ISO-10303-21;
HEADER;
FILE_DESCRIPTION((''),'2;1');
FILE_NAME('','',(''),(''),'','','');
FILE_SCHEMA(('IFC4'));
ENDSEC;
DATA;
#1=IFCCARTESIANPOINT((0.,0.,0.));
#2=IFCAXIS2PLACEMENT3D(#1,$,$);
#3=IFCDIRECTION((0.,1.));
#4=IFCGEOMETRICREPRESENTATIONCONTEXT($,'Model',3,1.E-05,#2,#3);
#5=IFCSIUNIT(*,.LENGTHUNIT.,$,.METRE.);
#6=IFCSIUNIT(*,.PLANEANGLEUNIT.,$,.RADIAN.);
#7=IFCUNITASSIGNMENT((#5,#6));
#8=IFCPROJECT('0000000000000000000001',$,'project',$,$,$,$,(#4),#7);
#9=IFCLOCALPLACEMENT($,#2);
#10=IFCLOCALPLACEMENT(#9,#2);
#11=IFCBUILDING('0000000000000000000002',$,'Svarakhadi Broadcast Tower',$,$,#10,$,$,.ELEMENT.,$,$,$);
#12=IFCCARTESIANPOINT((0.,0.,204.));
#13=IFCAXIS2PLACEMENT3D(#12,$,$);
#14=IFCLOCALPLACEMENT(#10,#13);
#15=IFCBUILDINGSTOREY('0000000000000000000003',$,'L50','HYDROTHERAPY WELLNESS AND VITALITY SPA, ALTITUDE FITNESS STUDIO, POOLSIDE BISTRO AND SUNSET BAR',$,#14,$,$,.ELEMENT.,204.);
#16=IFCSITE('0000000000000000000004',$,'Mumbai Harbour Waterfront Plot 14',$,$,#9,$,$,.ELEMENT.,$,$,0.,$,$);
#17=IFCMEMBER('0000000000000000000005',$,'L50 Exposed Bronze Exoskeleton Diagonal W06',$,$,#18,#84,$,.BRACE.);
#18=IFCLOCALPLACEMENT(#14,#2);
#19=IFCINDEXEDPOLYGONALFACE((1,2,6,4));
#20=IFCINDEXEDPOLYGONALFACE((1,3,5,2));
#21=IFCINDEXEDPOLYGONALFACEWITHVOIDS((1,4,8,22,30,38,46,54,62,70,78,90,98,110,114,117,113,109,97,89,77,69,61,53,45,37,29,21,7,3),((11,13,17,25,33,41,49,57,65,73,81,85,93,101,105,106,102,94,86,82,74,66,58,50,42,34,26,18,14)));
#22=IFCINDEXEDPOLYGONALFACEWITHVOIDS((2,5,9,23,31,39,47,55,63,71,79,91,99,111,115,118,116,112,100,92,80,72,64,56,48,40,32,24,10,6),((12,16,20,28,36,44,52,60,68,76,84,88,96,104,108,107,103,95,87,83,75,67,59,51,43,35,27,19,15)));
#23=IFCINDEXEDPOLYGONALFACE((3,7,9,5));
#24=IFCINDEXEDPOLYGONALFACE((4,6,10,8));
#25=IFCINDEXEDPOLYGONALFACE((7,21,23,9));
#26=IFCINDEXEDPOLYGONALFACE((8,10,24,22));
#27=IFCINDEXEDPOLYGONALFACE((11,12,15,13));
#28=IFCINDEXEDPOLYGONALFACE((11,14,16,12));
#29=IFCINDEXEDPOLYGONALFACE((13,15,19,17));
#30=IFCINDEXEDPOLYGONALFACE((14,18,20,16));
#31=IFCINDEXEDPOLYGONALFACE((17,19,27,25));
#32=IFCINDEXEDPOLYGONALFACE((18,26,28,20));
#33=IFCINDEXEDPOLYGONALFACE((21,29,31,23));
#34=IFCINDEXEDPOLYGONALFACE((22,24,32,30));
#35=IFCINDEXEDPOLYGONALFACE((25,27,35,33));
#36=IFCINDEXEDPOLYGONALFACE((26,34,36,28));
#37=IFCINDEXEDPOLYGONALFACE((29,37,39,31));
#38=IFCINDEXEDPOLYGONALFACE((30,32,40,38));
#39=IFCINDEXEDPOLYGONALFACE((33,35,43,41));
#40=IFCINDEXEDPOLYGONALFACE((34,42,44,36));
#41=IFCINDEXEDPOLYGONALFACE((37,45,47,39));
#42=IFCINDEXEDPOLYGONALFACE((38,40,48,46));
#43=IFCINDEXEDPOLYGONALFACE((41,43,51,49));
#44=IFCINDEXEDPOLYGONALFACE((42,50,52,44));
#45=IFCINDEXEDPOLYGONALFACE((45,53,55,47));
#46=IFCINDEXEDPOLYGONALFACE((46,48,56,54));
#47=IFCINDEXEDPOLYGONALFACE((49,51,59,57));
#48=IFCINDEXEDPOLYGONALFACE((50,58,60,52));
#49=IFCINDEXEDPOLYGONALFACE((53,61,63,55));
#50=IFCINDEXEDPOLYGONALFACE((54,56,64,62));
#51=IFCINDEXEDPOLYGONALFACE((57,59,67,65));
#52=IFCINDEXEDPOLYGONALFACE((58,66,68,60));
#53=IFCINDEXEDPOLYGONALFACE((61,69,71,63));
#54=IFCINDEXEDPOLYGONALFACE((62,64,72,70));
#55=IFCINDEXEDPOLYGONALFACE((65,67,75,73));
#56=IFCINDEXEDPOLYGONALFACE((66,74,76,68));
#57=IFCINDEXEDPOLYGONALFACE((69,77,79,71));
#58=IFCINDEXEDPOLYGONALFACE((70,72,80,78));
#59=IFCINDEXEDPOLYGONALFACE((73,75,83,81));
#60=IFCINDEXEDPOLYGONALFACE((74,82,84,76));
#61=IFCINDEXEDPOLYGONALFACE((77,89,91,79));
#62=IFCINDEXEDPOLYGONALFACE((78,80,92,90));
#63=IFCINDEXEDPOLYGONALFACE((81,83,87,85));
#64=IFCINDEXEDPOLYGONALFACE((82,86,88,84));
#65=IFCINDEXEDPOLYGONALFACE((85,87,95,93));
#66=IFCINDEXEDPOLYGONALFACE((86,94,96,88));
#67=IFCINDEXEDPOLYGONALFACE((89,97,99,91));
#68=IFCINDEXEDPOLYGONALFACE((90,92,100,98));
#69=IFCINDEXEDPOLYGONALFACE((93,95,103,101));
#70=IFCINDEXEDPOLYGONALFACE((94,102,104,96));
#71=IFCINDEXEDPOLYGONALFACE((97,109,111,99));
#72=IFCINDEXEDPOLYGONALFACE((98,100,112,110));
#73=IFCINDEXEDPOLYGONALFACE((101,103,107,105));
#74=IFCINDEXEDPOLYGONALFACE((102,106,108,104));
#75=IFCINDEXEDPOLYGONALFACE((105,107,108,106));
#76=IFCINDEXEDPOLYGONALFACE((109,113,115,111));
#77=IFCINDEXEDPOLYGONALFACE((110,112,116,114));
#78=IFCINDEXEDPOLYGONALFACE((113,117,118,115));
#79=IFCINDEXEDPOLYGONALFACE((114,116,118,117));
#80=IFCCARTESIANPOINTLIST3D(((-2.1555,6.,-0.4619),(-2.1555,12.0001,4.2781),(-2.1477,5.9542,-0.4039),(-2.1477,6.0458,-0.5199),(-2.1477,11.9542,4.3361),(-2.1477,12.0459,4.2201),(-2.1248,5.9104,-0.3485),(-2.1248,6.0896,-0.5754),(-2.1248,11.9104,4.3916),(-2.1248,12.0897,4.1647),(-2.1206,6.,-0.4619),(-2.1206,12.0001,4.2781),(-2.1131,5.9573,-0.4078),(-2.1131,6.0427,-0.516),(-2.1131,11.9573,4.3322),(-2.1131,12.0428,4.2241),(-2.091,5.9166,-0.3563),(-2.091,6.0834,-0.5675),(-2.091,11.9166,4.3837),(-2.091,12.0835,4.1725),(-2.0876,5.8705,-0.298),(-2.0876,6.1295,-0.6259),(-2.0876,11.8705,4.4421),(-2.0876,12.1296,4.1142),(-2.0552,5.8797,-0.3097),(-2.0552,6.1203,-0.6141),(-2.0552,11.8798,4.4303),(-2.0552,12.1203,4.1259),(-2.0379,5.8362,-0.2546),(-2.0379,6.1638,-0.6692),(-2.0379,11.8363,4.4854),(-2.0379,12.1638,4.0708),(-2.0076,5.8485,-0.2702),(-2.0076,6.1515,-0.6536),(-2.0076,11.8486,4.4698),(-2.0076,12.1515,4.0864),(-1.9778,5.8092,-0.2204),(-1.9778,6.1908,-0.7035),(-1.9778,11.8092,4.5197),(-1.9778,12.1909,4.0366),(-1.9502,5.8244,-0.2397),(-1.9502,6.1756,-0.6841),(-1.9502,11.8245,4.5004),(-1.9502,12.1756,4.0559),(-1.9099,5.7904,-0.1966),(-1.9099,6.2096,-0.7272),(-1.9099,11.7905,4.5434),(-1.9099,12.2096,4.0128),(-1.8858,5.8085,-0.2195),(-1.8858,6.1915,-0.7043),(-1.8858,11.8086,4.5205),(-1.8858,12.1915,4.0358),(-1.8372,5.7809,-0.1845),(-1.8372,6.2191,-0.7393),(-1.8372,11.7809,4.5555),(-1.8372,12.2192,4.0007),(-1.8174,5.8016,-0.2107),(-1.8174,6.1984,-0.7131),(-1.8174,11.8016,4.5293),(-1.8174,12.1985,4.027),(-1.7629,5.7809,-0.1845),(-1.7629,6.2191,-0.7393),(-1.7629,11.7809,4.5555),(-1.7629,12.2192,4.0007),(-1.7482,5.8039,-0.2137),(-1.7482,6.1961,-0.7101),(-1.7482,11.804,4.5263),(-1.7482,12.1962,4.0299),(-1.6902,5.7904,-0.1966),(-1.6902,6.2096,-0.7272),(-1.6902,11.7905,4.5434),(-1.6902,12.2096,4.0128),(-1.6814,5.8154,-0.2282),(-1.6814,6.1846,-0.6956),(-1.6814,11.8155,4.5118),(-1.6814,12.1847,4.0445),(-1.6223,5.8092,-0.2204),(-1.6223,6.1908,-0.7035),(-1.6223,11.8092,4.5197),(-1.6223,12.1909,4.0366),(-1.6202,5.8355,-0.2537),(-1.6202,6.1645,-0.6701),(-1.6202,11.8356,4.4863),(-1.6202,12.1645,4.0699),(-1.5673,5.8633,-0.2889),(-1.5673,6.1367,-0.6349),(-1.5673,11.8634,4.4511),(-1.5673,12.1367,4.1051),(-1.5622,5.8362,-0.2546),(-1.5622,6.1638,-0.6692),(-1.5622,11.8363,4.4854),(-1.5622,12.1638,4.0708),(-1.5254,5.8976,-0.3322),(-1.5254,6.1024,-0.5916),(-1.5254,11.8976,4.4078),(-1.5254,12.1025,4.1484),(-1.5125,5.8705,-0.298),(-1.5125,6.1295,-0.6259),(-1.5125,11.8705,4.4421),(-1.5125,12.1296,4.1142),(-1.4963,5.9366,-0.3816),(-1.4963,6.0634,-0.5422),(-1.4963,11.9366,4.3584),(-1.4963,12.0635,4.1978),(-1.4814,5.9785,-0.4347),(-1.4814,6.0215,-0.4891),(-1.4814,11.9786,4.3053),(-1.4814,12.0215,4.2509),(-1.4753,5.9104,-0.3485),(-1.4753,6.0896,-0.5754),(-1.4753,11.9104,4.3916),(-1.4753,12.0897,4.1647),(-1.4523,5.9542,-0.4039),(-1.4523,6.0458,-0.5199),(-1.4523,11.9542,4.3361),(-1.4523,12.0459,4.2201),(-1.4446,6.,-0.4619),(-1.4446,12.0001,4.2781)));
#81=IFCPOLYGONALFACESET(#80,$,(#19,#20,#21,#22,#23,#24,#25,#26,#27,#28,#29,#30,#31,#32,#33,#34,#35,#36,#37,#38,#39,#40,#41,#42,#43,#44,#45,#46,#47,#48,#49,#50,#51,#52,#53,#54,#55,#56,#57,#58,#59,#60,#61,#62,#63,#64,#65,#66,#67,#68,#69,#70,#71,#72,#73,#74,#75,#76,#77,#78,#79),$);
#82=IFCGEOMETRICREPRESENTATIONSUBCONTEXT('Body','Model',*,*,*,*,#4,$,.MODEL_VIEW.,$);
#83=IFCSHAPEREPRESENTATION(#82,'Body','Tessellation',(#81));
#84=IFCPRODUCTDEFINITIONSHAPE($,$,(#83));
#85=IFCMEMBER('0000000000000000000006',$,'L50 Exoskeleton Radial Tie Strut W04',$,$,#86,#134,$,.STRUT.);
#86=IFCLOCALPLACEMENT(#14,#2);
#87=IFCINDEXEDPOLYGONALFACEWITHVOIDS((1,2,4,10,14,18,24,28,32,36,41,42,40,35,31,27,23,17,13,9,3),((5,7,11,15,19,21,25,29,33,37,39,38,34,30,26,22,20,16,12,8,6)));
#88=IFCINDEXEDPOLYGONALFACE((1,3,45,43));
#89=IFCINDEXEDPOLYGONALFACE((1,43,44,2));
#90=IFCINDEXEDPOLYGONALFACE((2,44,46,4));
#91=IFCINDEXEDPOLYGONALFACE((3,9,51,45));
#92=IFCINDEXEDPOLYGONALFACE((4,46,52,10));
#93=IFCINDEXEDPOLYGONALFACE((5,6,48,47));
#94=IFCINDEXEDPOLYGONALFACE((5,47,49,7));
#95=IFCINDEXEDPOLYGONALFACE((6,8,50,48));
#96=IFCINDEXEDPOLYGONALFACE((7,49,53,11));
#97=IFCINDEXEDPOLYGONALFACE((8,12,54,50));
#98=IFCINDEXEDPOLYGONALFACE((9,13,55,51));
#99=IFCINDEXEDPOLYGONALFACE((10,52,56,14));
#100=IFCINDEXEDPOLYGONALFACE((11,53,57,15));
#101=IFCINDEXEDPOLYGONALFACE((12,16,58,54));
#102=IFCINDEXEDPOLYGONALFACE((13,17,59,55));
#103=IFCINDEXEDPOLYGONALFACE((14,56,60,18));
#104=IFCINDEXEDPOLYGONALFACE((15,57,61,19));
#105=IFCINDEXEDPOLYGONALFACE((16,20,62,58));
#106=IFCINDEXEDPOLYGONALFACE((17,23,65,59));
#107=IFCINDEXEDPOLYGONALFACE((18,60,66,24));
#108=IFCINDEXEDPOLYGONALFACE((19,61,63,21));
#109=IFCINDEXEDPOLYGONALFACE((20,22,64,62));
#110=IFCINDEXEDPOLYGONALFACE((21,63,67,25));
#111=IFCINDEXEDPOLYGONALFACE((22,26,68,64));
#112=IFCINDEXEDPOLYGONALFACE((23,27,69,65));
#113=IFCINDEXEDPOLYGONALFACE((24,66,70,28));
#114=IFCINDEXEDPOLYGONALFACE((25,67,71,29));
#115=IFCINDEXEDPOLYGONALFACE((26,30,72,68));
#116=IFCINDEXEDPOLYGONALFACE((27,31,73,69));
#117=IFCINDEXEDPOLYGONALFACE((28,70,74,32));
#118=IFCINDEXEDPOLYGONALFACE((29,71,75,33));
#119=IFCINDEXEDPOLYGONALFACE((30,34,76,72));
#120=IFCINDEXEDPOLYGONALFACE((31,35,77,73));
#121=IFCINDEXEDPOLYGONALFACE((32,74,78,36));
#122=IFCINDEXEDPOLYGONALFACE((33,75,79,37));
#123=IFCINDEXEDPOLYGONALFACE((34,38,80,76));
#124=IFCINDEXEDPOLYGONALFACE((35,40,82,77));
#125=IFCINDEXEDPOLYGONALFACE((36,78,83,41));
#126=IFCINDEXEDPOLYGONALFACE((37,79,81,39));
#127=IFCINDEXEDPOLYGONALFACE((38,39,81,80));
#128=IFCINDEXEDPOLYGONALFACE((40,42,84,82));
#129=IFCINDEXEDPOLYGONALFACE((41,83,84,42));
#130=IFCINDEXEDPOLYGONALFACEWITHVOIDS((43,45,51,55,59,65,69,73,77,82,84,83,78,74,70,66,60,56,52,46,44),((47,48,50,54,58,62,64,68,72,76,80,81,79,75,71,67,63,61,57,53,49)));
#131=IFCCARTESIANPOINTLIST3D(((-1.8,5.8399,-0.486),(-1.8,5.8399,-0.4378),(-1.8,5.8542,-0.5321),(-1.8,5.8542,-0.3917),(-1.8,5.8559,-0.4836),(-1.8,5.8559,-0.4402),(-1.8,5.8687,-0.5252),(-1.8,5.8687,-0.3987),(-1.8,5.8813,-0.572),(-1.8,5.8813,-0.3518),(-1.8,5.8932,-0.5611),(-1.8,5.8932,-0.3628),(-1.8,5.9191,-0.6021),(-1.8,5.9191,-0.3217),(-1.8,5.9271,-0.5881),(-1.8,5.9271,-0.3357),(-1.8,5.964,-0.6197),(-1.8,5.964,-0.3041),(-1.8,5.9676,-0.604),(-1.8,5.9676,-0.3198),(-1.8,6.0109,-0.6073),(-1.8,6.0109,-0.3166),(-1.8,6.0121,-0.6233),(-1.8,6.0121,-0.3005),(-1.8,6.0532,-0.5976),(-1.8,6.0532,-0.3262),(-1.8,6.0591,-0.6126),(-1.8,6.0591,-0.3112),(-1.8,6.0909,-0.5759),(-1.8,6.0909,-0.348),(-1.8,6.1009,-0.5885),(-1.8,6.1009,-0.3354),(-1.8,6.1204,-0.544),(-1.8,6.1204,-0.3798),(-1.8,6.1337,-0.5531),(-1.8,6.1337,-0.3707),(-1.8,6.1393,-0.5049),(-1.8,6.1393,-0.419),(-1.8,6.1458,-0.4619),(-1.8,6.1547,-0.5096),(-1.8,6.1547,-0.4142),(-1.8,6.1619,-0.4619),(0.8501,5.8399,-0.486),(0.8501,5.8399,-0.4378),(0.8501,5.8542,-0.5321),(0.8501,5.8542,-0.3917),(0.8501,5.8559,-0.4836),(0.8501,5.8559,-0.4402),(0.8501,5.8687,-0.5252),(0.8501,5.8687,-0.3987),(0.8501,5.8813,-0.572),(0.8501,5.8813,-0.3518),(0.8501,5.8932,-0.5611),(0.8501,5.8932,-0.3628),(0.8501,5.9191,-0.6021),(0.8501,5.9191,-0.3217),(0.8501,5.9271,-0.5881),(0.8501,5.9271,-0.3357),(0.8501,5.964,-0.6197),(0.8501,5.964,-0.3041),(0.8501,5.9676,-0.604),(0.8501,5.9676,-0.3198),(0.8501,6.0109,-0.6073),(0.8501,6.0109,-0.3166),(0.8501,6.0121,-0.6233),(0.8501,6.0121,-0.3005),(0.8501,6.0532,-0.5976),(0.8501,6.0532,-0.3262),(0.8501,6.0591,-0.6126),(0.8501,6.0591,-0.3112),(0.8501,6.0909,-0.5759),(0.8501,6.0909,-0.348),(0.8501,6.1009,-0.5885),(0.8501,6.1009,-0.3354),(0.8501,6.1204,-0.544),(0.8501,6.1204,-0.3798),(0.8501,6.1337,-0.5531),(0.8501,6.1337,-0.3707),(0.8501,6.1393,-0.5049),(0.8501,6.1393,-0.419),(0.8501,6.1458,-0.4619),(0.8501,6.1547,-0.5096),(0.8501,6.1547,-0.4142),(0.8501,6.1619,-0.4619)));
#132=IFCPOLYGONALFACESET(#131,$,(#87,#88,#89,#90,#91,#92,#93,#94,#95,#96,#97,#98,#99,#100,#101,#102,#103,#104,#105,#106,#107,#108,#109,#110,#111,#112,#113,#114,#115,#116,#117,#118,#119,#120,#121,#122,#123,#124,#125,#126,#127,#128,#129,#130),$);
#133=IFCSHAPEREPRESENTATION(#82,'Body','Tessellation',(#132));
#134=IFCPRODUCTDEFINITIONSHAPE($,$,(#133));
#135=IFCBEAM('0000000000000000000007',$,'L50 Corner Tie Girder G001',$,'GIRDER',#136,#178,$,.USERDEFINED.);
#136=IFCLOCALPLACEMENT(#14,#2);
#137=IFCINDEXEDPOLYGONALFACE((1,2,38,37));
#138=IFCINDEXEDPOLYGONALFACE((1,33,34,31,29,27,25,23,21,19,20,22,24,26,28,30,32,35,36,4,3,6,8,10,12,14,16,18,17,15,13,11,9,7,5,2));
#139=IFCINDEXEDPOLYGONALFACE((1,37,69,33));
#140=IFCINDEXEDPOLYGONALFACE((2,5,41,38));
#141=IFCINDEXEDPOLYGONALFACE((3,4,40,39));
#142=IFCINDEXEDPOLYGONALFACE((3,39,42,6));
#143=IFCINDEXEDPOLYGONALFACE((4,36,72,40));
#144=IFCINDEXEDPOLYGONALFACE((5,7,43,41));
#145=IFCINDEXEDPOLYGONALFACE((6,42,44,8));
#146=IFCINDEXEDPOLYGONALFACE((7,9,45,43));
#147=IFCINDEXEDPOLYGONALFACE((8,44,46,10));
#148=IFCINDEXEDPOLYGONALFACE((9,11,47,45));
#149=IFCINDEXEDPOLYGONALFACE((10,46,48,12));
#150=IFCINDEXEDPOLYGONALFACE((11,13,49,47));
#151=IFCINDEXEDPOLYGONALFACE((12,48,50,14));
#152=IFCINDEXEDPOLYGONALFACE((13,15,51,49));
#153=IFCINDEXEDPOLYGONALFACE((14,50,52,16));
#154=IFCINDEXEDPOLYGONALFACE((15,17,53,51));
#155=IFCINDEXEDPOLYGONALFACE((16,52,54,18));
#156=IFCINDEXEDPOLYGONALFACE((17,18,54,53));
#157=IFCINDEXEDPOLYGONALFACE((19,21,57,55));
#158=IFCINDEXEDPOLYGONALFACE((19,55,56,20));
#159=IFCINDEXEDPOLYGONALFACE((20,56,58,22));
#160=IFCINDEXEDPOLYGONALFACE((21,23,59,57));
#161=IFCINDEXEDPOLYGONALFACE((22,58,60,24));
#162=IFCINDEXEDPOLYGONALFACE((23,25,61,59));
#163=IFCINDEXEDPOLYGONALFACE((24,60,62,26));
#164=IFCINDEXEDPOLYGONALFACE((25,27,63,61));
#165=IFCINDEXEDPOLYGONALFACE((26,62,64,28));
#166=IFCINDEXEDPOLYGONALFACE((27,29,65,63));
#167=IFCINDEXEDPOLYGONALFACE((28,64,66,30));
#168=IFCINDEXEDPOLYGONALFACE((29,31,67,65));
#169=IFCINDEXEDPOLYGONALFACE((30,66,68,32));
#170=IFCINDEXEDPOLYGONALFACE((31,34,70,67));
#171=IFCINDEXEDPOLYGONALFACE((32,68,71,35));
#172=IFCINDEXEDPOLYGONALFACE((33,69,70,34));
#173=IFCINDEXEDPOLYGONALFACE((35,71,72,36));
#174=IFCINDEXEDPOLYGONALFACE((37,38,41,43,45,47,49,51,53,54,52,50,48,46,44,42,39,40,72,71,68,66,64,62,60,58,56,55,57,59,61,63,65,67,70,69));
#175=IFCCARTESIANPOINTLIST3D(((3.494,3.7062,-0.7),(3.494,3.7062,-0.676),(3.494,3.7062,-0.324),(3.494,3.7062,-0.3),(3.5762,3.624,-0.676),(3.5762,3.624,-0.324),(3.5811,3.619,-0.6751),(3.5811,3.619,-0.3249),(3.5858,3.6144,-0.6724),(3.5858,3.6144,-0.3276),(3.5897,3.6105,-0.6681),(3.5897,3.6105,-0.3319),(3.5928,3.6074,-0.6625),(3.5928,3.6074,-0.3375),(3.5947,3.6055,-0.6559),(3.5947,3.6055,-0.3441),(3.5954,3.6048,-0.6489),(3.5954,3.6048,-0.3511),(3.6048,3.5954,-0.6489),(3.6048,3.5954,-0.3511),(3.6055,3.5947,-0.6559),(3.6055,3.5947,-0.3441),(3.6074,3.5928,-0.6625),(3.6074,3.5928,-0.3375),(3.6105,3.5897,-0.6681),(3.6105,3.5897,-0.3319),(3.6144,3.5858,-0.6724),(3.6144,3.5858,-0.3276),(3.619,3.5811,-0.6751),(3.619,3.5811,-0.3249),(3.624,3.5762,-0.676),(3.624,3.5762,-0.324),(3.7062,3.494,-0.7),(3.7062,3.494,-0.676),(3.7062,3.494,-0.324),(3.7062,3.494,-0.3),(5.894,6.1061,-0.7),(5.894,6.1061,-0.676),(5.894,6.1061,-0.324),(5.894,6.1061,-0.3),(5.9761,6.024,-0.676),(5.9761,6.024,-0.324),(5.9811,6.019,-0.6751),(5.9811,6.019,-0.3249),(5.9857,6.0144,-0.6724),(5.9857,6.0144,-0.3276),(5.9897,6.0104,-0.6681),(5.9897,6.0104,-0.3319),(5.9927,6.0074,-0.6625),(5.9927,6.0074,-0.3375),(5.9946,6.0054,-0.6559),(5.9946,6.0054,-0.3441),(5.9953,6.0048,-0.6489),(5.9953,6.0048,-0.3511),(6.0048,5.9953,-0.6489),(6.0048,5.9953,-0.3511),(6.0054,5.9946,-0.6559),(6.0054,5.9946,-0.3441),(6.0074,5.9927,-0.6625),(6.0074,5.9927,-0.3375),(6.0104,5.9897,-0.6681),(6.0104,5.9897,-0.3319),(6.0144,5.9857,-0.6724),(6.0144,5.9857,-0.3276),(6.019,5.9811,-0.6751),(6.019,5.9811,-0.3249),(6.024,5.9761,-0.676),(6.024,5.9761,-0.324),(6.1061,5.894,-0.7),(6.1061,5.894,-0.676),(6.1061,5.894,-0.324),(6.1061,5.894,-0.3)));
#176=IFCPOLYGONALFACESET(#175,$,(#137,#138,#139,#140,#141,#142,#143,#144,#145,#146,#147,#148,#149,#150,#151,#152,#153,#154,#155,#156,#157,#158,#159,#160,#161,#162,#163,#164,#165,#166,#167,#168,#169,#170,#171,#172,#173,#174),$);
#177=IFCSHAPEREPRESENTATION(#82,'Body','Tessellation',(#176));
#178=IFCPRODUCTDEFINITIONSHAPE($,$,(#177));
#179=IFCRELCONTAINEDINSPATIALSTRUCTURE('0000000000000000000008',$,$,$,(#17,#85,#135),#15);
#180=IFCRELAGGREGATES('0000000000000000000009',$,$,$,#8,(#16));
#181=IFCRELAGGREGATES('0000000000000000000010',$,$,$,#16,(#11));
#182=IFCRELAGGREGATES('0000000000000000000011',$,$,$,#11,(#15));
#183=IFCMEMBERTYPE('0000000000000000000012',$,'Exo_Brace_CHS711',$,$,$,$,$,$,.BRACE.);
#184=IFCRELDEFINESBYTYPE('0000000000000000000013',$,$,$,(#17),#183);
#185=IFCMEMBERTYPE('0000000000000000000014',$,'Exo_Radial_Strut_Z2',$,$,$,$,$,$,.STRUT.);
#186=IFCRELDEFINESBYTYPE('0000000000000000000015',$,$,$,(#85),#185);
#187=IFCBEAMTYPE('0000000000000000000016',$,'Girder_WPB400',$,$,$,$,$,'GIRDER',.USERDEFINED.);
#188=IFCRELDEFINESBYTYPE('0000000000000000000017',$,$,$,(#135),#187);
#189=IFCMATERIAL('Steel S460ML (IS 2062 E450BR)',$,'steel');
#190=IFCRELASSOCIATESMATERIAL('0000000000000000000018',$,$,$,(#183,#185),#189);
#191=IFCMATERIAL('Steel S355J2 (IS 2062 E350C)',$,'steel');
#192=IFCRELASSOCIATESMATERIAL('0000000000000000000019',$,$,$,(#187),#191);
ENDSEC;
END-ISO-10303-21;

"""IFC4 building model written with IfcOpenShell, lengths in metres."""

from ifc_helpers import new_model, si_unit, direction, frame, origin, origin_2d, place, context, subcontext, project, spatial, hollow_circle, i_section, extrude, material, material_profile, profile_set, type_object, element, save


model = new_model("IFC4")

# Units and contexts
model_context = context("Model", 3, precision=1e-05, world=origin(), true_north=direction((0.0, 1.0)))
body_context = subcontext(model_context, "Body", "Model", "MODEL_VIEW")
ifc_project = project(units=[si_unit("LENGTHUNIT", "METRE"), si_unit("PLANEANGLEUNIT", "RADIAN")], contexts=[model_context])

# Site, building, storey
site_placement = place(None, origin())
site = spatial("IfcSite", under=ifc_project, at=site_placement, Name="Mumbai Harbour Waterfront Plot 14", CompositionType="ELEMENT", RefElevation=0.0)
building_placement = place(site_placement, origin())
building = spatial("IfcBuilding", under=site, at=building_placement, Name="Svarakhadi Broadcast Tower", CompositionType="ELEMENT")
storey_placement = place(building_placement, frame((0.0, 0.0, 204.0)))
storey = spatial("IfcBuildingStorey", under=building, at=storey_placement, Name="L50", Description="HYDROTHERAPY WELLNESS AND VITALITY SPA, ALTITUDE FITNESS STUDIO, POOLSIDE BISTRO AND SUNSET BAR", CompositionType="ELEMENT", Elevation=204.0)

# Shared definitions
ifc_material_1 = material(Name="Steel S460ML (IS 2062 E450BR)", Category="steel")

# Shared definitions
ifc_material_2 = material(Name="Steel S355J2 (IS 2062 E350C)", Category="steel")

# Members
ifc_material_profile_1 = material_profile(ifc_material_1, hollow_circle(Radius=0.3555, WallThickness=0.0349, at=origin_2d()), Name="CHS 711x35")
ifc_profile_set_1 = profile_set([ifc_material_profile_1], Name="Steel S460ML (IS 2062 E450BR)")
member_type_1 = type_object("IfcMemberType", Name="Exo_Brace_CHS711", PredefinedType="BRACE", material=ifc_profile_set_1)
member_1_placement = place(storey_placement, frame((-1.8, 6.0, -0.4619), z_axis=(0.0, 0.784682, 0.619898), x_axis=(-1.0, 0.0, 0.0)))
element("IfcMember", 1, at=member_1_placement, inside=storey, type_object=member_type_1, Name="L50 Exposed Bronze Exoskeleton Diagonal W06", PredefinedType="BRACE", context=body_context, shape_type="SweptSolid", body=[
    extrude(hollow_circle(Radius=0.3555, WallThickness=0.0349, at=origin_2d()), origin(), (0.0, 0.0, 1.0), 7.6465),
])
ifc_material_profile_2 = material_profile(ifc_material_1, hollow_circle(Radius=0.1619, WallThickness=0.0161, at=origin_2d()), Name="CHS 323.9x16")
ifc_profile_set_2 = profile_set([ifc_material_profile_2], Name="Steel S460ML (IS 2062 E450BR)")
member_type_2 = type_object("IfcMemberType", Name="Exo_Radial_Strut_Z2", PredefinedType="STRUT", material=ifc_profile_set_2)
member_2_placement = place(storey_placement, frame((-1.8, 6.0, -0.4619), z_axis=(1.0, 0.0, 0.0), x_axis=(0.0, 1.0, 0.0)))
element("IfcMember", 2, at=member_2_placement, inside=storey, type_object=member_type_2, Name="L50 Exoskeleton Radial Tie Strut W04", PredefinedType="STRUT", context=body_context, shape_type="SweptSolid", body=[
    extrude(hollow_circle(Radius=0.1619, WallThickness=0.0161, at=origin_2d()), origin(), (0.0, 0.0, 1.0), 2.6501),
])

# Beam
ifc_material_profile_3 = material_profile(ifc_material_2, i_section(OverallWidth=0.3, OverallDepth=0.3999, WebThickness=0.0134, FlangeThickness=0.0239, FilletRadius=0.0271, at=origin_2d()), Name="WPB 400x300x155")
ifc_profile_set_3 = profile_set([ifc_material_profile_3], Name="Steel S355J2 (IS 2062 E350C)")
beam_type_1 = type_object("IfcBeamType", Name="Girder_WPB400", ElementType="GIRDER", PredefinedType="USERDEFINED", material=ifc_profile_set_3)
beam_1_placement = place(storey_placement, frame((3.6001, 3.6001, -0.5), z_axis=(0.707107, 0.707107, 0.0), x_axis=(-0.707107, 0.707107, 0.0)))
element("IfcBeam", 3, at=beam_1_placement, inside=storey, type_object=beam_type_1, Name="L50 Corner Tie Girder G001", ObjectType="GIRDER", PredefinedType="USERDEFINED", context=body_context, shape_type="SweptSolid", body=[
    extrude(i_section(OverallWidth=0.3, OverallDepth=0.3999, WebThickness=0.0134, FlangeThickness=0.0239, FilletRadius=0.0271, at=origin_2d()), origin(), (0.0, 0.0, 1.0), 3.394),
])

save(model, "model.ifc")
